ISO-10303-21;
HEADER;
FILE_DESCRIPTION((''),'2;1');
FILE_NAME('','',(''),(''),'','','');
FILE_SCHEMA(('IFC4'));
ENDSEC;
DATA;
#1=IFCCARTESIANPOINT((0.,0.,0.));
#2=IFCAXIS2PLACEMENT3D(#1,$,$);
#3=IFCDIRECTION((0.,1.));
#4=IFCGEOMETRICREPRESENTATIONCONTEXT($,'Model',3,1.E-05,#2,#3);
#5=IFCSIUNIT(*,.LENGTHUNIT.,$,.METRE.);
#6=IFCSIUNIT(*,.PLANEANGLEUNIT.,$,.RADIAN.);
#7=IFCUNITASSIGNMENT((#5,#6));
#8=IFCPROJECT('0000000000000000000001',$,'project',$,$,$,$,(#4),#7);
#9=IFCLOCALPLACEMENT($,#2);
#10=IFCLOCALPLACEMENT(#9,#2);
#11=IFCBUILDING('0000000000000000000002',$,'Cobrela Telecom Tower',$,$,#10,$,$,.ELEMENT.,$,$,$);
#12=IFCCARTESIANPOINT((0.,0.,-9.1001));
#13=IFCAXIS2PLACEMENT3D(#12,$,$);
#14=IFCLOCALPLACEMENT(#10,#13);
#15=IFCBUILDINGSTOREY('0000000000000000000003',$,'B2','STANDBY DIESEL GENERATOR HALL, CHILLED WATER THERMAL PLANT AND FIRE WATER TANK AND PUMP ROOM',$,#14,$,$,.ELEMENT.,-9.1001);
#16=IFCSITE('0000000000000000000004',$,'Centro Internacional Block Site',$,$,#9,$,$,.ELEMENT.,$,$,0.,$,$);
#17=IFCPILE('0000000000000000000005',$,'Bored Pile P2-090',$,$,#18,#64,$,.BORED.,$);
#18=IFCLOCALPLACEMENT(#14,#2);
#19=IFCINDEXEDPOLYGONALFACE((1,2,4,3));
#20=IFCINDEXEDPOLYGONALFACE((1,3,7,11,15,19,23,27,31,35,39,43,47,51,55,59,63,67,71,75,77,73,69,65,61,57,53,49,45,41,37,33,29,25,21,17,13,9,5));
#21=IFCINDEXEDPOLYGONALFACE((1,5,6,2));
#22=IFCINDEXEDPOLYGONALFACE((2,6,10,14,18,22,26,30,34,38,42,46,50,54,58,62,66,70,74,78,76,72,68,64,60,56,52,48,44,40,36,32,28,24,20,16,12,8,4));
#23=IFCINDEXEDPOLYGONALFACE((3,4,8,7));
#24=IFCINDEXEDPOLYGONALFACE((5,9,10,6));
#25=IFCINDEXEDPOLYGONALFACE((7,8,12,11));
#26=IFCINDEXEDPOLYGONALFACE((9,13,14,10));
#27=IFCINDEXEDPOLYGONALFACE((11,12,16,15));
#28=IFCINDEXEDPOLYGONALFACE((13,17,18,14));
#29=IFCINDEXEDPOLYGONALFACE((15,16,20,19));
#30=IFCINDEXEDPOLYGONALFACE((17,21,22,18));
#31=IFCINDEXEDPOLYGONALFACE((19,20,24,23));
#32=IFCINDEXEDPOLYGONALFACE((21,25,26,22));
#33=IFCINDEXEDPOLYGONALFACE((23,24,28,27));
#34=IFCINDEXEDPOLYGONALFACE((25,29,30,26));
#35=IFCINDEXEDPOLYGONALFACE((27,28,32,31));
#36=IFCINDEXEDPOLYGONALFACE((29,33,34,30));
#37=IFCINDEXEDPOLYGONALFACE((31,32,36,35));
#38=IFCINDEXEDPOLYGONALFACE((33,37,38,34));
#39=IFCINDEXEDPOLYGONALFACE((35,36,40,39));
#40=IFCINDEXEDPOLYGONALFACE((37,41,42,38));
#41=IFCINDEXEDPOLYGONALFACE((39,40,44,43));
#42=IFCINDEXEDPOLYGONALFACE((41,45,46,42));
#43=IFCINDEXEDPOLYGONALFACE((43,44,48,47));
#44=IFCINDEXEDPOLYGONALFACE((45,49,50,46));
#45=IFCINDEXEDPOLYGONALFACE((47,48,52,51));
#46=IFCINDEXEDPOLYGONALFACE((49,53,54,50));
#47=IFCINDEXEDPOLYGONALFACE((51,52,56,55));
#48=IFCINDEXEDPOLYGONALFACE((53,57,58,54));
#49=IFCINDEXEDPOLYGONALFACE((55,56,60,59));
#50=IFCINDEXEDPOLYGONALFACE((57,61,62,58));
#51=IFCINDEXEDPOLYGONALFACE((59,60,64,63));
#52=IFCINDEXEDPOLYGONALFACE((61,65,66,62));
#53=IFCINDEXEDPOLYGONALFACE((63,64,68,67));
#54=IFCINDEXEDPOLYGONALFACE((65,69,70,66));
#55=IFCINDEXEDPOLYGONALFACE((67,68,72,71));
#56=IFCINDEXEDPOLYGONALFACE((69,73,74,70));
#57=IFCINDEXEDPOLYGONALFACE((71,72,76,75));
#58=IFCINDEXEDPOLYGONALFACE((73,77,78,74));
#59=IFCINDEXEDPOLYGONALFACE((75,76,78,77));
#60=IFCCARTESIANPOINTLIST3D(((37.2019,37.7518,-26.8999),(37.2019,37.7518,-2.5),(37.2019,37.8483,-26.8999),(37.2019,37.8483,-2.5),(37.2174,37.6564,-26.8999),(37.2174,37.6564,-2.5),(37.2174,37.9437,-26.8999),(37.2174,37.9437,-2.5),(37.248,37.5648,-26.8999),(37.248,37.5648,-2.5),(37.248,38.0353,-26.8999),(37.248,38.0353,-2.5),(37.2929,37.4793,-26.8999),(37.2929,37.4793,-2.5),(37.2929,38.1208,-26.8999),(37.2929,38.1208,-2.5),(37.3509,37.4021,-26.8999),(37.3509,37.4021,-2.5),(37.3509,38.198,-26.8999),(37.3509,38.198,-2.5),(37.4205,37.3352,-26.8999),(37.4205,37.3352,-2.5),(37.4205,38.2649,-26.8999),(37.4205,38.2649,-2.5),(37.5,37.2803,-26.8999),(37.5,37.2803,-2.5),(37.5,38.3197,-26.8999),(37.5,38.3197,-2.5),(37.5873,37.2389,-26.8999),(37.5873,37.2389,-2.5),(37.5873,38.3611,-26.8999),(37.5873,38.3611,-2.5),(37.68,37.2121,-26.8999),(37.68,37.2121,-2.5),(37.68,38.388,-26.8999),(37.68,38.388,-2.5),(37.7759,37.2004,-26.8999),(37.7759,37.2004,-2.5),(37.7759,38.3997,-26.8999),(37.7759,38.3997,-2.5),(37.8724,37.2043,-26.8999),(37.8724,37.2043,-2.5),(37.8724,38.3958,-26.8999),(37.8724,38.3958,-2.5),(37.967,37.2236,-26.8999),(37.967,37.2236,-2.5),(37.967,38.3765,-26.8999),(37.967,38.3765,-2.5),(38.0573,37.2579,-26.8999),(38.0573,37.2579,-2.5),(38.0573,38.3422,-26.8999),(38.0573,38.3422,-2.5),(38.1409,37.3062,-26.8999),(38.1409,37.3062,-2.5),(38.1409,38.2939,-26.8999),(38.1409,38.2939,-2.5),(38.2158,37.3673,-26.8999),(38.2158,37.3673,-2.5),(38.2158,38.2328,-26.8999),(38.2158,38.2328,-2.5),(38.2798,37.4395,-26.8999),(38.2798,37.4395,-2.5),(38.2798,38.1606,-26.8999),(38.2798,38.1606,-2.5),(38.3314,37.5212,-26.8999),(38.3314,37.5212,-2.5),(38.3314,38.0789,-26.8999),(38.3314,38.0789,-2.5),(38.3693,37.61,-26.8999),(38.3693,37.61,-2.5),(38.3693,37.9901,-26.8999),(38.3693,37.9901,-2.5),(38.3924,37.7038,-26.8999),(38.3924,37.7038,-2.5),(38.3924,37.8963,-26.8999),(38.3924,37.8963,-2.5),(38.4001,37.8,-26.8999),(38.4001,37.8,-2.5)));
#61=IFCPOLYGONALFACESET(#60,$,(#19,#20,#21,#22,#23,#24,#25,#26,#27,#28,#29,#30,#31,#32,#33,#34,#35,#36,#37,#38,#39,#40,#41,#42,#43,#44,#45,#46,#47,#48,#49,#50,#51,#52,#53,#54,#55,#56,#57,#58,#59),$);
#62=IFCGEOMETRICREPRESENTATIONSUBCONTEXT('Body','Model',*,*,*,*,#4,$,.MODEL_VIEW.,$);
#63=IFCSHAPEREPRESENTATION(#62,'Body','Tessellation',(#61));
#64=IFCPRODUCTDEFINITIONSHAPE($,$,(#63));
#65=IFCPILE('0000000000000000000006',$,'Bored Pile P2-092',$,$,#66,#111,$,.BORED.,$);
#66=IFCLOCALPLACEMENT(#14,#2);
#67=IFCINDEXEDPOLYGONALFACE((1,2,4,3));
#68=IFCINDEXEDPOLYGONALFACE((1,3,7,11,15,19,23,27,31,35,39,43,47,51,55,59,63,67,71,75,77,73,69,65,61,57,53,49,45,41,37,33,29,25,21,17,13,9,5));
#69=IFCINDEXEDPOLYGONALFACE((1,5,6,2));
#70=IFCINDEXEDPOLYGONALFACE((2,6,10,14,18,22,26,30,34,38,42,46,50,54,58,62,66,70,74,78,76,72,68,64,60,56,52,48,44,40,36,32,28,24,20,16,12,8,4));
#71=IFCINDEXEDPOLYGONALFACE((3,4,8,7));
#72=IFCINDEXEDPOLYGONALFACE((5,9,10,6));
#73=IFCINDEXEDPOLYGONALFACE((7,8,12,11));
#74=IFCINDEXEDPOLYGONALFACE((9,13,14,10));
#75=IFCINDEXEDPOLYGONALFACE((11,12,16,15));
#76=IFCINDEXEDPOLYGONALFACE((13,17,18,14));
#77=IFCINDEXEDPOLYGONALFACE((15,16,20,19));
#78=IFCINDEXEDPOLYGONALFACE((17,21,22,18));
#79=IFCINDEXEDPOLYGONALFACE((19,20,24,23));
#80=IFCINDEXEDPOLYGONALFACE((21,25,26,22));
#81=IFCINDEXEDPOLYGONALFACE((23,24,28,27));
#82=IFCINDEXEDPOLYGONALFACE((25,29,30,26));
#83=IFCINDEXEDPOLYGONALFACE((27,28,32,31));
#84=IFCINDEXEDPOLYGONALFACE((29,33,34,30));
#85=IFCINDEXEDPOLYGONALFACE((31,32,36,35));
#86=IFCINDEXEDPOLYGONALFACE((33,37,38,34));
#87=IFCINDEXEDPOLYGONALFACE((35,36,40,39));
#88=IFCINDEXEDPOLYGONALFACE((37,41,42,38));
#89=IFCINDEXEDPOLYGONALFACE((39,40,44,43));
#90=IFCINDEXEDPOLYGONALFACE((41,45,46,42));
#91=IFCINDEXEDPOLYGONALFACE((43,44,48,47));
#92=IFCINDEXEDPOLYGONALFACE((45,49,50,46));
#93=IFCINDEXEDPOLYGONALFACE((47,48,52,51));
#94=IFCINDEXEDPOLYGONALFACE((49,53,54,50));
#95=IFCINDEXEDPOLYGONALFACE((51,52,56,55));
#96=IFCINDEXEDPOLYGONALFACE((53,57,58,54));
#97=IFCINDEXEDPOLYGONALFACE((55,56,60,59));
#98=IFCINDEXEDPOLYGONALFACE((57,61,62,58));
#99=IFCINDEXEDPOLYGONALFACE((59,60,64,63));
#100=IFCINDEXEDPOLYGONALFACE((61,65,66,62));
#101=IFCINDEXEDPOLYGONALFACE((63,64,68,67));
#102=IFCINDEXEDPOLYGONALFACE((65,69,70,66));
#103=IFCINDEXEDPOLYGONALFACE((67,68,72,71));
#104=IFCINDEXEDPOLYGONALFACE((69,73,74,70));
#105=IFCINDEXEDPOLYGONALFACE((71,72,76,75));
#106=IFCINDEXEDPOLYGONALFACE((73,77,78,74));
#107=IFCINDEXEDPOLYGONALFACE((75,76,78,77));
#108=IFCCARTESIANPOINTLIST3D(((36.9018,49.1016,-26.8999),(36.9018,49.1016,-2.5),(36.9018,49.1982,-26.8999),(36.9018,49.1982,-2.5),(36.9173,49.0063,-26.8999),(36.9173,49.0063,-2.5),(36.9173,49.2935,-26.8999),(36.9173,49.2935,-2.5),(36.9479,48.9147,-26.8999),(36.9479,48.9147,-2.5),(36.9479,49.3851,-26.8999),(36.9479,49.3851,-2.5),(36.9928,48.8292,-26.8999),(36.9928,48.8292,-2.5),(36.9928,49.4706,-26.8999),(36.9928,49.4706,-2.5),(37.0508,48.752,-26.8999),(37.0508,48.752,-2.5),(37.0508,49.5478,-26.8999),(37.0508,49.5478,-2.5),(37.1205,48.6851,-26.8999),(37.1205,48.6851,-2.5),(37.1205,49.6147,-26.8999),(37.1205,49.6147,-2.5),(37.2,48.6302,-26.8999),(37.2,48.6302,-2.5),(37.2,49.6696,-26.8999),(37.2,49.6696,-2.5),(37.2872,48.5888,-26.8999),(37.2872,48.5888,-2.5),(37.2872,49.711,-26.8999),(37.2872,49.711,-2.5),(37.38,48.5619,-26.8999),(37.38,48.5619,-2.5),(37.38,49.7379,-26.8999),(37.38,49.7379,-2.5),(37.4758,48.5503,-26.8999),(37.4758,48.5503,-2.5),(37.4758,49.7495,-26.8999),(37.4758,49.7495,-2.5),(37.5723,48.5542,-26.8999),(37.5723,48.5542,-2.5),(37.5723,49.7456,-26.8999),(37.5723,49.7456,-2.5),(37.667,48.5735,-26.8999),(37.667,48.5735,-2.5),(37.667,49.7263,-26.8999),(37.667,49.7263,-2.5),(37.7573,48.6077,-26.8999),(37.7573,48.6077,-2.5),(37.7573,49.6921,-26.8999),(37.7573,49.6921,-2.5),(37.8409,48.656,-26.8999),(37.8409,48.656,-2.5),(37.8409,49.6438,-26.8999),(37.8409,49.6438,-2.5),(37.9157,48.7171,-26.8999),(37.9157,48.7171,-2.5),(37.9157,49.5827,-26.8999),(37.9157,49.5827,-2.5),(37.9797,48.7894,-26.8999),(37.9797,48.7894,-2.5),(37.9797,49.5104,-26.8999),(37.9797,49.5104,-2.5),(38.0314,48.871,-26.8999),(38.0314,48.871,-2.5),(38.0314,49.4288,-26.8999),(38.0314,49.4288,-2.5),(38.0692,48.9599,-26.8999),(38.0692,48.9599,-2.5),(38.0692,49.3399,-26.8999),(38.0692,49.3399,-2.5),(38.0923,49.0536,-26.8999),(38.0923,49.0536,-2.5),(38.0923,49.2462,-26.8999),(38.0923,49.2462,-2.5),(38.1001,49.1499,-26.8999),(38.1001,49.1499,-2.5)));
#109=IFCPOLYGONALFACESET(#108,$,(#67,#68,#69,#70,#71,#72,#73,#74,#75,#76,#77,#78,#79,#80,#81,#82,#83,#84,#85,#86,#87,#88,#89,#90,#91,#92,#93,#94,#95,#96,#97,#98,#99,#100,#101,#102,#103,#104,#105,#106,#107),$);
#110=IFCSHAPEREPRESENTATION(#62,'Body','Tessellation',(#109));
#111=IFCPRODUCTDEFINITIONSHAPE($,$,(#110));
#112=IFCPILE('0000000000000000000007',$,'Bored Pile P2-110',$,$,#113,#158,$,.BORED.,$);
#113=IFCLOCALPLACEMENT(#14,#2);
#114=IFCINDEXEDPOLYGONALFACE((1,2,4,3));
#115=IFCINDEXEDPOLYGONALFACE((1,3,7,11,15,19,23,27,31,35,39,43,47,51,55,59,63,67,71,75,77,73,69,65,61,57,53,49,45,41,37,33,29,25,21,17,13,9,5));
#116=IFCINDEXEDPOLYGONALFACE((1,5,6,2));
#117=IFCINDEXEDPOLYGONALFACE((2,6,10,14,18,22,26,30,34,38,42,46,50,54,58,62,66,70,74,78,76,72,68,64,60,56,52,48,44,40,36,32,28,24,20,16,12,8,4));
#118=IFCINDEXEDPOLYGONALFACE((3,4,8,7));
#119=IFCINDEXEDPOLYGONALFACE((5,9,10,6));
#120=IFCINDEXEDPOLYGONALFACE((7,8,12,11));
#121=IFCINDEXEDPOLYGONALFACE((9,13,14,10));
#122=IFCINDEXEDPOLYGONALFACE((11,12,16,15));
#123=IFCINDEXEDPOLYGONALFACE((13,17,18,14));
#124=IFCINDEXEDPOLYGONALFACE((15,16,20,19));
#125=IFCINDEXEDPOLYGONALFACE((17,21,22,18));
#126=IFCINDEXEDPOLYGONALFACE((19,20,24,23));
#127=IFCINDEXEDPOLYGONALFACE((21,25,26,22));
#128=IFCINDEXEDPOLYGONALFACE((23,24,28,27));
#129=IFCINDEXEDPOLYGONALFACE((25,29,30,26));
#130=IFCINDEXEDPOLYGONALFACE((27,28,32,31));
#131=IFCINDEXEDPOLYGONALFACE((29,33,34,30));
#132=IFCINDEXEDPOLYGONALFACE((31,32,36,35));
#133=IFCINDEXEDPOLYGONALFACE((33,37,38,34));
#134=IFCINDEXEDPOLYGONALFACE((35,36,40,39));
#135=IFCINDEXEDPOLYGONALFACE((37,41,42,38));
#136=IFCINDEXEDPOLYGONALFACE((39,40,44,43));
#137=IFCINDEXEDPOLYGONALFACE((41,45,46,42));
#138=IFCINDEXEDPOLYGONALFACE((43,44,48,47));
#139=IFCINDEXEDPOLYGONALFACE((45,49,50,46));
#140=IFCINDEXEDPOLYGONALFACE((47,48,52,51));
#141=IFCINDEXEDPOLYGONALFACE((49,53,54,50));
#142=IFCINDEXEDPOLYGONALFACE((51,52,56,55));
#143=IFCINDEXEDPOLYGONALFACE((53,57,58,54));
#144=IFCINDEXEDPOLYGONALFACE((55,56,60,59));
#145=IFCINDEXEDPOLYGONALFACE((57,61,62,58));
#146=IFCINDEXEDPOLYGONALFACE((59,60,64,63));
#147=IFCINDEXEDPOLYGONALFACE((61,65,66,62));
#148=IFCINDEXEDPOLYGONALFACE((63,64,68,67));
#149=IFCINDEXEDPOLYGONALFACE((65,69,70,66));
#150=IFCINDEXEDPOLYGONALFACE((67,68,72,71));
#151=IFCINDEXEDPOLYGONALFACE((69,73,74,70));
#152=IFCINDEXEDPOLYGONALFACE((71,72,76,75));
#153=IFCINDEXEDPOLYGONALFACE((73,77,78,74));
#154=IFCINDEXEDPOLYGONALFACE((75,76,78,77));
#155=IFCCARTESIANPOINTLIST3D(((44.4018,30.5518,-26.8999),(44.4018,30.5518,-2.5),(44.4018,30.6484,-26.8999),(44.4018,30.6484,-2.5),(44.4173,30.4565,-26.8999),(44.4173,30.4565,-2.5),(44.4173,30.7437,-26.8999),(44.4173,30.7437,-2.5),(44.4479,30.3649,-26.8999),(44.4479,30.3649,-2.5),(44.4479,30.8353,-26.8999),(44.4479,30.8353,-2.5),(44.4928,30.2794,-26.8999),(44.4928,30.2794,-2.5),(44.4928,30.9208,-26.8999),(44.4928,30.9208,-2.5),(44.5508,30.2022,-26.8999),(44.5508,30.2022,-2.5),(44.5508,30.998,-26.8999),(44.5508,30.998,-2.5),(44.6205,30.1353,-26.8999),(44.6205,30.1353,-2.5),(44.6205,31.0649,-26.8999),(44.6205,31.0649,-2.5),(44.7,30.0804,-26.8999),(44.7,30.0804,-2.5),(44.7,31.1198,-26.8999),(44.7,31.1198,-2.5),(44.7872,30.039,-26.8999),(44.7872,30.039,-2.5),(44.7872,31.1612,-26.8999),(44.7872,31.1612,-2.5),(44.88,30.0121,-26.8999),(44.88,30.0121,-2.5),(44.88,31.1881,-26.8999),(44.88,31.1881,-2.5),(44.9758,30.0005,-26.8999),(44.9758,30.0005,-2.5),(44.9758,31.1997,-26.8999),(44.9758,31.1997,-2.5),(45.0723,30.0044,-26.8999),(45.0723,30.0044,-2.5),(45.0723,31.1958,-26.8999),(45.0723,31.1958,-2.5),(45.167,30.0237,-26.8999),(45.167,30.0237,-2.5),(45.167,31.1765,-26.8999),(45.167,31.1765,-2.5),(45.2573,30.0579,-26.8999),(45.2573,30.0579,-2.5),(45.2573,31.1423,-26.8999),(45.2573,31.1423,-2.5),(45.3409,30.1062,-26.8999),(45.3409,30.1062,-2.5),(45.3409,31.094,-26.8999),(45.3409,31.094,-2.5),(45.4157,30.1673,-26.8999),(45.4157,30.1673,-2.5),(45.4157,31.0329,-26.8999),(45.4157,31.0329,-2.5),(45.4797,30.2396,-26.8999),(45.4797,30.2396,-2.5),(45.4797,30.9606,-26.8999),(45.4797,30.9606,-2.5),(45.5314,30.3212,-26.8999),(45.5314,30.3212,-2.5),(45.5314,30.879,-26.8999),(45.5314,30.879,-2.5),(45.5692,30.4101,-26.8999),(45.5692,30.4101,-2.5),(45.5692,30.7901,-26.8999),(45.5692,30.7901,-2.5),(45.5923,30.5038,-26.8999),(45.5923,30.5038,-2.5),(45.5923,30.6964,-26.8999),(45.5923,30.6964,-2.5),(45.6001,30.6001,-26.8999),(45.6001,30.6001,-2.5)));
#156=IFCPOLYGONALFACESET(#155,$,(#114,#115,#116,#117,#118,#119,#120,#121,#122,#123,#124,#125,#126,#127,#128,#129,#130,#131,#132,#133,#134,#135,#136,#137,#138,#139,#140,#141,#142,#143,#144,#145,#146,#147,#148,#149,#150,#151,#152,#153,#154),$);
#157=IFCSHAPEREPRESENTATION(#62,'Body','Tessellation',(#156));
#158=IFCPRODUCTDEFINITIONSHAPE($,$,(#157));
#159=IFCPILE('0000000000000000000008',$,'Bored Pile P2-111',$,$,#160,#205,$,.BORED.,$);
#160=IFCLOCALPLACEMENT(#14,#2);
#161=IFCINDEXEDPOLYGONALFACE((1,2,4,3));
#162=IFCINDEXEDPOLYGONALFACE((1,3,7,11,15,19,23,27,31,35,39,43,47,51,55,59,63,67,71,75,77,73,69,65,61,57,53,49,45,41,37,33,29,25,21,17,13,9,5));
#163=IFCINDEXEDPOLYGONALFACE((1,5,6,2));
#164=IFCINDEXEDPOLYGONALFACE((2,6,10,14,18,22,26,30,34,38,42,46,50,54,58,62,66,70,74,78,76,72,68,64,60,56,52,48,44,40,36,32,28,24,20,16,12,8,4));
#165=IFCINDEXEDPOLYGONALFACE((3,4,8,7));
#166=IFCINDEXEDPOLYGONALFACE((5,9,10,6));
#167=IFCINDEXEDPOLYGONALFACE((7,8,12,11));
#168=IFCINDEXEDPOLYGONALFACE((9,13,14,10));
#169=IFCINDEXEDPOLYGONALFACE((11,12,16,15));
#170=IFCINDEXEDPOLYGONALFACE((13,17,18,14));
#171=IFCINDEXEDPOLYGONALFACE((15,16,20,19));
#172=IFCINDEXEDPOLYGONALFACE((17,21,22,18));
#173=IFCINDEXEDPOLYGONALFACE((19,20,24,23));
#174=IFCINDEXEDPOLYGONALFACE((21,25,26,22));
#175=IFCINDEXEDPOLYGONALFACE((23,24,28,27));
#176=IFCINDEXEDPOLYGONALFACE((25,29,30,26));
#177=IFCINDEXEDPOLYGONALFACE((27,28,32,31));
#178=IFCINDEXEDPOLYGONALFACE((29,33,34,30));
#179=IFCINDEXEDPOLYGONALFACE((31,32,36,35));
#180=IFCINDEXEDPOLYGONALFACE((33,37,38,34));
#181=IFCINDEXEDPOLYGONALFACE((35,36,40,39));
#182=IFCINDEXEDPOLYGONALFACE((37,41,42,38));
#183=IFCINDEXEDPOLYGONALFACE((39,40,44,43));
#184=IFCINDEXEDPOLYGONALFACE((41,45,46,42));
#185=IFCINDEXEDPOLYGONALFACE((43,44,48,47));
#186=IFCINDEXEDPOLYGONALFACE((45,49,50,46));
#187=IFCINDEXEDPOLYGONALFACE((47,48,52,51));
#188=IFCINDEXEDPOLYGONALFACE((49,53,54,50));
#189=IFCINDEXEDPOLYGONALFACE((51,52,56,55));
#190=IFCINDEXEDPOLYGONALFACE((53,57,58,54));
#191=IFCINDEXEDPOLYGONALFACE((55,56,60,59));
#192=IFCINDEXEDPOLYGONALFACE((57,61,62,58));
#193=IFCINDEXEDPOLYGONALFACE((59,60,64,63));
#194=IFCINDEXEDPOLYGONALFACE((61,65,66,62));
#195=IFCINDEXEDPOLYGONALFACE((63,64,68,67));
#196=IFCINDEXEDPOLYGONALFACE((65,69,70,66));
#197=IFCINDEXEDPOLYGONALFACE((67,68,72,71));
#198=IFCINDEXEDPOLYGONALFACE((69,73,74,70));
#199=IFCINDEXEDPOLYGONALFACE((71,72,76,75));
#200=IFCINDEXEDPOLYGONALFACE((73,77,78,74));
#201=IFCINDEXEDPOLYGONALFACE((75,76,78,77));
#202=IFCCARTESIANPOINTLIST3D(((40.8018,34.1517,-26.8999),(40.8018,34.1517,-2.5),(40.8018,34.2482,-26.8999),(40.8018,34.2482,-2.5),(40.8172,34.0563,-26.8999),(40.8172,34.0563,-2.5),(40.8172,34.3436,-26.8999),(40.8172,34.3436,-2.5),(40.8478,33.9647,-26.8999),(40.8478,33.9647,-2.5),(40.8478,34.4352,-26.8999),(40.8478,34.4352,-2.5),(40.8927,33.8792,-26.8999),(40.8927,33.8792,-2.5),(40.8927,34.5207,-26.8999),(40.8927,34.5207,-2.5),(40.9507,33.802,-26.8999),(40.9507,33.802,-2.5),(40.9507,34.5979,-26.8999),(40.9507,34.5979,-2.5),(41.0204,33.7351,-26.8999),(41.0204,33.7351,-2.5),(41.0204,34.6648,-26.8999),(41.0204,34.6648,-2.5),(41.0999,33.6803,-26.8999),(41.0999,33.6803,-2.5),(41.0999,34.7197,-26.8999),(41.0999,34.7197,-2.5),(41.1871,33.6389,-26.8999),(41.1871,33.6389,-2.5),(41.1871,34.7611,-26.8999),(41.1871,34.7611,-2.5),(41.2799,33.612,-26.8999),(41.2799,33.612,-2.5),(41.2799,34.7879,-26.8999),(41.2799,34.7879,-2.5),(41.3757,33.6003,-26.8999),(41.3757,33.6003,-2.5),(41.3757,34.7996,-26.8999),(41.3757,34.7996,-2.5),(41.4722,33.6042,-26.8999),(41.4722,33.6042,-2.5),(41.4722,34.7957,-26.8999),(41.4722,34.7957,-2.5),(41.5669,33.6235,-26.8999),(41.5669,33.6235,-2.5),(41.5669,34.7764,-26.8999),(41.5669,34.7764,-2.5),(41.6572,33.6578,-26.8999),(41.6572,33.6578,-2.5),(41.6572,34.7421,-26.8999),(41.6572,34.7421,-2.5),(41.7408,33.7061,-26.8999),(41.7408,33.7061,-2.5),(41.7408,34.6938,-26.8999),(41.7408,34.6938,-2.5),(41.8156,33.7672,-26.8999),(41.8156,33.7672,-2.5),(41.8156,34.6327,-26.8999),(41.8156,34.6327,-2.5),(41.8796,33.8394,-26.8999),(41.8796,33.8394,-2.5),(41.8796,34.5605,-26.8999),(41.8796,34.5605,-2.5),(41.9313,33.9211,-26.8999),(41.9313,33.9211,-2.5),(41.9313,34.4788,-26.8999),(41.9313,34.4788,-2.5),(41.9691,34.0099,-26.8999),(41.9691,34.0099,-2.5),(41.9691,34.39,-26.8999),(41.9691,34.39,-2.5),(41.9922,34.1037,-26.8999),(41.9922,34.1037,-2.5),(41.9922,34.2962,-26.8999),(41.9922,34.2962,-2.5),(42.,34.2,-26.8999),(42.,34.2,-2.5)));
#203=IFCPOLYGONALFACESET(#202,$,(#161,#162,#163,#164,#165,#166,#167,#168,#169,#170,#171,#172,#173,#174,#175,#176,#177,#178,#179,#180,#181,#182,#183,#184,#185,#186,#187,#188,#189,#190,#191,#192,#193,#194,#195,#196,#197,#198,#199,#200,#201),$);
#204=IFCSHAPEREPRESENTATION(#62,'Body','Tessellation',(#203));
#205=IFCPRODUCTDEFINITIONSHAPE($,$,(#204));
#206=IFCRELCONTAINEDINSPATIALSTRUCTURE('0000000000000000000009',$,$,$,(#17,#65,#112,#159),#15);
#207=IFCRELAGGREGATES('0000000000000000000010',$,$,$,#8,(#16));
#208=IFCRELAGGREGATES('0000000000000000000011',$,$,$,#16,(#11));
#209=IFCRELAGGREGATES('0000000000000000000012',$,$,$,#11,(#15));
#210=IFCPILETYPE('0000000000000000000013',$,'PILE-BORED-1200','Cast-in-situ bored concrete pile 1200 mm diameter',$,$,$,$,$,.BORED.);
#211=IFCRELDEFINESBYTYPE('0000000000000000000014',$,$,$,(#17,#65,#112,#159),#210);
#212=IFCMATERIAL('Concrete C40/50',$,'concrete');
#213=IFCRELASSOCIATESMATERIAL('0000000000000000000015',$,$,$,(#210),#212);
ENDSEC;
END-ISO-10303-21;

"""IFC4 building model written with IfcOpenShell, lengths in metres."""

from ifc_helpers import new_model, si_unit, direction, frame, origin, origin_2d, place, context, subcontext, project, spatial, circle, extrude, material, material_profile, profile_set, type_object, element, save


model = new_model("IFC4")

# Units and contexts
model_context = context("Model", 3, precision=1e-05, world=origin(), true_north=direction((0.0, 1.0)))
body_context = subcontext(model_context, "Body", "Model", "MODEL_VIEW")
ifc_project = project(units=[si_unit("LENGTHUNIT", "METRE"), si_unit("PLANEANGLEUNIT", "RADIAN")], contexts=[model_context])

# Site, building, storey
site_placement = place(None, origin())
site = spatial("IfcSite", under=ifc_project, at=site_placement, Name="Centro Internacional Block Site", CompositionType="ELEMENT", RefElevation=0.0)
building_placement = place(site_placement, origin())
building = spatial("IfcBuilding", under=site, at=building_placement, Name="Cobrela Telecom Tower", CompositionType="ELEMENT")
storey_placement = place(building_placement, frame((0.0, 0.0, -9.1001)))
storey = spatial("IfcBuildingStorey", under=building, at=storey_placement, Name="B2", Description="STANDBY DIESEL GENERATOR HALL, CHILLED WATER THERMAL PLANT AND FIRE WATER TANK AND PUMP ROOM", CompositionType="ELEMENT", Elevation=-9.1001)

# Shared definitions
ifc_material_1 = material(Name="Concrete C40/50", Category="concrete")

# Piles
ifc_material_profile_1 = material_profile(ifc_material_1, circle(Radius=0.6001, at=origin_2d()), Name="BORED PILE D1200")
ifc_profile_set_1 = profile_set([ifc_material_profile_1], Name="Concrete C40/50")
pile_type = type_object("IfcPileType", Name="PILE-BORED-1200", Description="Cast-in-situ bored concrete pile 1200 mm diameter", PredefinedType="BORED", material=ifc_profile_set_1)
for number, where, z_axis, x_axis, name in (
    (1, (37.8, 37.8, -2.5), (0.0, 0.0, -1.0), (1.0, 0.0, 0.0), "Bored Pile P2-090"),
    (2, (37.5, 49.1499, -2.5), (0.0, 0.0, -1.0), (1.0, 0.0, 0.0), "Bored Pile P2-092"),
    (3, (45.0, 30.6001, -2.5), (0.0, 0.0, -1.0), (1.0, 0.0, 0.0), "Bored Pile P2-110"),
    (4, (41.3999, 34.2, -2.5), (0.0, 0.0, -1.0), (1.0, 0.0, 0.0), "Bored Pile P2-111"),
):
    element("IfcPile", number, at=place(storey_placement, frame(where, z_axis=z_axis, x_axis=x_axis)), inside=storey, type_object=pile_type, Name=name, PredefinedType="BORED", context=body_context, shape_type="SweptSolid", body=[
        extrude(circle(Radius=0.6001, at=origin_2d()), origin(), (0.0, 0.0, 1.0), 24.3999),
    ])

save(model, "model.ifc")
